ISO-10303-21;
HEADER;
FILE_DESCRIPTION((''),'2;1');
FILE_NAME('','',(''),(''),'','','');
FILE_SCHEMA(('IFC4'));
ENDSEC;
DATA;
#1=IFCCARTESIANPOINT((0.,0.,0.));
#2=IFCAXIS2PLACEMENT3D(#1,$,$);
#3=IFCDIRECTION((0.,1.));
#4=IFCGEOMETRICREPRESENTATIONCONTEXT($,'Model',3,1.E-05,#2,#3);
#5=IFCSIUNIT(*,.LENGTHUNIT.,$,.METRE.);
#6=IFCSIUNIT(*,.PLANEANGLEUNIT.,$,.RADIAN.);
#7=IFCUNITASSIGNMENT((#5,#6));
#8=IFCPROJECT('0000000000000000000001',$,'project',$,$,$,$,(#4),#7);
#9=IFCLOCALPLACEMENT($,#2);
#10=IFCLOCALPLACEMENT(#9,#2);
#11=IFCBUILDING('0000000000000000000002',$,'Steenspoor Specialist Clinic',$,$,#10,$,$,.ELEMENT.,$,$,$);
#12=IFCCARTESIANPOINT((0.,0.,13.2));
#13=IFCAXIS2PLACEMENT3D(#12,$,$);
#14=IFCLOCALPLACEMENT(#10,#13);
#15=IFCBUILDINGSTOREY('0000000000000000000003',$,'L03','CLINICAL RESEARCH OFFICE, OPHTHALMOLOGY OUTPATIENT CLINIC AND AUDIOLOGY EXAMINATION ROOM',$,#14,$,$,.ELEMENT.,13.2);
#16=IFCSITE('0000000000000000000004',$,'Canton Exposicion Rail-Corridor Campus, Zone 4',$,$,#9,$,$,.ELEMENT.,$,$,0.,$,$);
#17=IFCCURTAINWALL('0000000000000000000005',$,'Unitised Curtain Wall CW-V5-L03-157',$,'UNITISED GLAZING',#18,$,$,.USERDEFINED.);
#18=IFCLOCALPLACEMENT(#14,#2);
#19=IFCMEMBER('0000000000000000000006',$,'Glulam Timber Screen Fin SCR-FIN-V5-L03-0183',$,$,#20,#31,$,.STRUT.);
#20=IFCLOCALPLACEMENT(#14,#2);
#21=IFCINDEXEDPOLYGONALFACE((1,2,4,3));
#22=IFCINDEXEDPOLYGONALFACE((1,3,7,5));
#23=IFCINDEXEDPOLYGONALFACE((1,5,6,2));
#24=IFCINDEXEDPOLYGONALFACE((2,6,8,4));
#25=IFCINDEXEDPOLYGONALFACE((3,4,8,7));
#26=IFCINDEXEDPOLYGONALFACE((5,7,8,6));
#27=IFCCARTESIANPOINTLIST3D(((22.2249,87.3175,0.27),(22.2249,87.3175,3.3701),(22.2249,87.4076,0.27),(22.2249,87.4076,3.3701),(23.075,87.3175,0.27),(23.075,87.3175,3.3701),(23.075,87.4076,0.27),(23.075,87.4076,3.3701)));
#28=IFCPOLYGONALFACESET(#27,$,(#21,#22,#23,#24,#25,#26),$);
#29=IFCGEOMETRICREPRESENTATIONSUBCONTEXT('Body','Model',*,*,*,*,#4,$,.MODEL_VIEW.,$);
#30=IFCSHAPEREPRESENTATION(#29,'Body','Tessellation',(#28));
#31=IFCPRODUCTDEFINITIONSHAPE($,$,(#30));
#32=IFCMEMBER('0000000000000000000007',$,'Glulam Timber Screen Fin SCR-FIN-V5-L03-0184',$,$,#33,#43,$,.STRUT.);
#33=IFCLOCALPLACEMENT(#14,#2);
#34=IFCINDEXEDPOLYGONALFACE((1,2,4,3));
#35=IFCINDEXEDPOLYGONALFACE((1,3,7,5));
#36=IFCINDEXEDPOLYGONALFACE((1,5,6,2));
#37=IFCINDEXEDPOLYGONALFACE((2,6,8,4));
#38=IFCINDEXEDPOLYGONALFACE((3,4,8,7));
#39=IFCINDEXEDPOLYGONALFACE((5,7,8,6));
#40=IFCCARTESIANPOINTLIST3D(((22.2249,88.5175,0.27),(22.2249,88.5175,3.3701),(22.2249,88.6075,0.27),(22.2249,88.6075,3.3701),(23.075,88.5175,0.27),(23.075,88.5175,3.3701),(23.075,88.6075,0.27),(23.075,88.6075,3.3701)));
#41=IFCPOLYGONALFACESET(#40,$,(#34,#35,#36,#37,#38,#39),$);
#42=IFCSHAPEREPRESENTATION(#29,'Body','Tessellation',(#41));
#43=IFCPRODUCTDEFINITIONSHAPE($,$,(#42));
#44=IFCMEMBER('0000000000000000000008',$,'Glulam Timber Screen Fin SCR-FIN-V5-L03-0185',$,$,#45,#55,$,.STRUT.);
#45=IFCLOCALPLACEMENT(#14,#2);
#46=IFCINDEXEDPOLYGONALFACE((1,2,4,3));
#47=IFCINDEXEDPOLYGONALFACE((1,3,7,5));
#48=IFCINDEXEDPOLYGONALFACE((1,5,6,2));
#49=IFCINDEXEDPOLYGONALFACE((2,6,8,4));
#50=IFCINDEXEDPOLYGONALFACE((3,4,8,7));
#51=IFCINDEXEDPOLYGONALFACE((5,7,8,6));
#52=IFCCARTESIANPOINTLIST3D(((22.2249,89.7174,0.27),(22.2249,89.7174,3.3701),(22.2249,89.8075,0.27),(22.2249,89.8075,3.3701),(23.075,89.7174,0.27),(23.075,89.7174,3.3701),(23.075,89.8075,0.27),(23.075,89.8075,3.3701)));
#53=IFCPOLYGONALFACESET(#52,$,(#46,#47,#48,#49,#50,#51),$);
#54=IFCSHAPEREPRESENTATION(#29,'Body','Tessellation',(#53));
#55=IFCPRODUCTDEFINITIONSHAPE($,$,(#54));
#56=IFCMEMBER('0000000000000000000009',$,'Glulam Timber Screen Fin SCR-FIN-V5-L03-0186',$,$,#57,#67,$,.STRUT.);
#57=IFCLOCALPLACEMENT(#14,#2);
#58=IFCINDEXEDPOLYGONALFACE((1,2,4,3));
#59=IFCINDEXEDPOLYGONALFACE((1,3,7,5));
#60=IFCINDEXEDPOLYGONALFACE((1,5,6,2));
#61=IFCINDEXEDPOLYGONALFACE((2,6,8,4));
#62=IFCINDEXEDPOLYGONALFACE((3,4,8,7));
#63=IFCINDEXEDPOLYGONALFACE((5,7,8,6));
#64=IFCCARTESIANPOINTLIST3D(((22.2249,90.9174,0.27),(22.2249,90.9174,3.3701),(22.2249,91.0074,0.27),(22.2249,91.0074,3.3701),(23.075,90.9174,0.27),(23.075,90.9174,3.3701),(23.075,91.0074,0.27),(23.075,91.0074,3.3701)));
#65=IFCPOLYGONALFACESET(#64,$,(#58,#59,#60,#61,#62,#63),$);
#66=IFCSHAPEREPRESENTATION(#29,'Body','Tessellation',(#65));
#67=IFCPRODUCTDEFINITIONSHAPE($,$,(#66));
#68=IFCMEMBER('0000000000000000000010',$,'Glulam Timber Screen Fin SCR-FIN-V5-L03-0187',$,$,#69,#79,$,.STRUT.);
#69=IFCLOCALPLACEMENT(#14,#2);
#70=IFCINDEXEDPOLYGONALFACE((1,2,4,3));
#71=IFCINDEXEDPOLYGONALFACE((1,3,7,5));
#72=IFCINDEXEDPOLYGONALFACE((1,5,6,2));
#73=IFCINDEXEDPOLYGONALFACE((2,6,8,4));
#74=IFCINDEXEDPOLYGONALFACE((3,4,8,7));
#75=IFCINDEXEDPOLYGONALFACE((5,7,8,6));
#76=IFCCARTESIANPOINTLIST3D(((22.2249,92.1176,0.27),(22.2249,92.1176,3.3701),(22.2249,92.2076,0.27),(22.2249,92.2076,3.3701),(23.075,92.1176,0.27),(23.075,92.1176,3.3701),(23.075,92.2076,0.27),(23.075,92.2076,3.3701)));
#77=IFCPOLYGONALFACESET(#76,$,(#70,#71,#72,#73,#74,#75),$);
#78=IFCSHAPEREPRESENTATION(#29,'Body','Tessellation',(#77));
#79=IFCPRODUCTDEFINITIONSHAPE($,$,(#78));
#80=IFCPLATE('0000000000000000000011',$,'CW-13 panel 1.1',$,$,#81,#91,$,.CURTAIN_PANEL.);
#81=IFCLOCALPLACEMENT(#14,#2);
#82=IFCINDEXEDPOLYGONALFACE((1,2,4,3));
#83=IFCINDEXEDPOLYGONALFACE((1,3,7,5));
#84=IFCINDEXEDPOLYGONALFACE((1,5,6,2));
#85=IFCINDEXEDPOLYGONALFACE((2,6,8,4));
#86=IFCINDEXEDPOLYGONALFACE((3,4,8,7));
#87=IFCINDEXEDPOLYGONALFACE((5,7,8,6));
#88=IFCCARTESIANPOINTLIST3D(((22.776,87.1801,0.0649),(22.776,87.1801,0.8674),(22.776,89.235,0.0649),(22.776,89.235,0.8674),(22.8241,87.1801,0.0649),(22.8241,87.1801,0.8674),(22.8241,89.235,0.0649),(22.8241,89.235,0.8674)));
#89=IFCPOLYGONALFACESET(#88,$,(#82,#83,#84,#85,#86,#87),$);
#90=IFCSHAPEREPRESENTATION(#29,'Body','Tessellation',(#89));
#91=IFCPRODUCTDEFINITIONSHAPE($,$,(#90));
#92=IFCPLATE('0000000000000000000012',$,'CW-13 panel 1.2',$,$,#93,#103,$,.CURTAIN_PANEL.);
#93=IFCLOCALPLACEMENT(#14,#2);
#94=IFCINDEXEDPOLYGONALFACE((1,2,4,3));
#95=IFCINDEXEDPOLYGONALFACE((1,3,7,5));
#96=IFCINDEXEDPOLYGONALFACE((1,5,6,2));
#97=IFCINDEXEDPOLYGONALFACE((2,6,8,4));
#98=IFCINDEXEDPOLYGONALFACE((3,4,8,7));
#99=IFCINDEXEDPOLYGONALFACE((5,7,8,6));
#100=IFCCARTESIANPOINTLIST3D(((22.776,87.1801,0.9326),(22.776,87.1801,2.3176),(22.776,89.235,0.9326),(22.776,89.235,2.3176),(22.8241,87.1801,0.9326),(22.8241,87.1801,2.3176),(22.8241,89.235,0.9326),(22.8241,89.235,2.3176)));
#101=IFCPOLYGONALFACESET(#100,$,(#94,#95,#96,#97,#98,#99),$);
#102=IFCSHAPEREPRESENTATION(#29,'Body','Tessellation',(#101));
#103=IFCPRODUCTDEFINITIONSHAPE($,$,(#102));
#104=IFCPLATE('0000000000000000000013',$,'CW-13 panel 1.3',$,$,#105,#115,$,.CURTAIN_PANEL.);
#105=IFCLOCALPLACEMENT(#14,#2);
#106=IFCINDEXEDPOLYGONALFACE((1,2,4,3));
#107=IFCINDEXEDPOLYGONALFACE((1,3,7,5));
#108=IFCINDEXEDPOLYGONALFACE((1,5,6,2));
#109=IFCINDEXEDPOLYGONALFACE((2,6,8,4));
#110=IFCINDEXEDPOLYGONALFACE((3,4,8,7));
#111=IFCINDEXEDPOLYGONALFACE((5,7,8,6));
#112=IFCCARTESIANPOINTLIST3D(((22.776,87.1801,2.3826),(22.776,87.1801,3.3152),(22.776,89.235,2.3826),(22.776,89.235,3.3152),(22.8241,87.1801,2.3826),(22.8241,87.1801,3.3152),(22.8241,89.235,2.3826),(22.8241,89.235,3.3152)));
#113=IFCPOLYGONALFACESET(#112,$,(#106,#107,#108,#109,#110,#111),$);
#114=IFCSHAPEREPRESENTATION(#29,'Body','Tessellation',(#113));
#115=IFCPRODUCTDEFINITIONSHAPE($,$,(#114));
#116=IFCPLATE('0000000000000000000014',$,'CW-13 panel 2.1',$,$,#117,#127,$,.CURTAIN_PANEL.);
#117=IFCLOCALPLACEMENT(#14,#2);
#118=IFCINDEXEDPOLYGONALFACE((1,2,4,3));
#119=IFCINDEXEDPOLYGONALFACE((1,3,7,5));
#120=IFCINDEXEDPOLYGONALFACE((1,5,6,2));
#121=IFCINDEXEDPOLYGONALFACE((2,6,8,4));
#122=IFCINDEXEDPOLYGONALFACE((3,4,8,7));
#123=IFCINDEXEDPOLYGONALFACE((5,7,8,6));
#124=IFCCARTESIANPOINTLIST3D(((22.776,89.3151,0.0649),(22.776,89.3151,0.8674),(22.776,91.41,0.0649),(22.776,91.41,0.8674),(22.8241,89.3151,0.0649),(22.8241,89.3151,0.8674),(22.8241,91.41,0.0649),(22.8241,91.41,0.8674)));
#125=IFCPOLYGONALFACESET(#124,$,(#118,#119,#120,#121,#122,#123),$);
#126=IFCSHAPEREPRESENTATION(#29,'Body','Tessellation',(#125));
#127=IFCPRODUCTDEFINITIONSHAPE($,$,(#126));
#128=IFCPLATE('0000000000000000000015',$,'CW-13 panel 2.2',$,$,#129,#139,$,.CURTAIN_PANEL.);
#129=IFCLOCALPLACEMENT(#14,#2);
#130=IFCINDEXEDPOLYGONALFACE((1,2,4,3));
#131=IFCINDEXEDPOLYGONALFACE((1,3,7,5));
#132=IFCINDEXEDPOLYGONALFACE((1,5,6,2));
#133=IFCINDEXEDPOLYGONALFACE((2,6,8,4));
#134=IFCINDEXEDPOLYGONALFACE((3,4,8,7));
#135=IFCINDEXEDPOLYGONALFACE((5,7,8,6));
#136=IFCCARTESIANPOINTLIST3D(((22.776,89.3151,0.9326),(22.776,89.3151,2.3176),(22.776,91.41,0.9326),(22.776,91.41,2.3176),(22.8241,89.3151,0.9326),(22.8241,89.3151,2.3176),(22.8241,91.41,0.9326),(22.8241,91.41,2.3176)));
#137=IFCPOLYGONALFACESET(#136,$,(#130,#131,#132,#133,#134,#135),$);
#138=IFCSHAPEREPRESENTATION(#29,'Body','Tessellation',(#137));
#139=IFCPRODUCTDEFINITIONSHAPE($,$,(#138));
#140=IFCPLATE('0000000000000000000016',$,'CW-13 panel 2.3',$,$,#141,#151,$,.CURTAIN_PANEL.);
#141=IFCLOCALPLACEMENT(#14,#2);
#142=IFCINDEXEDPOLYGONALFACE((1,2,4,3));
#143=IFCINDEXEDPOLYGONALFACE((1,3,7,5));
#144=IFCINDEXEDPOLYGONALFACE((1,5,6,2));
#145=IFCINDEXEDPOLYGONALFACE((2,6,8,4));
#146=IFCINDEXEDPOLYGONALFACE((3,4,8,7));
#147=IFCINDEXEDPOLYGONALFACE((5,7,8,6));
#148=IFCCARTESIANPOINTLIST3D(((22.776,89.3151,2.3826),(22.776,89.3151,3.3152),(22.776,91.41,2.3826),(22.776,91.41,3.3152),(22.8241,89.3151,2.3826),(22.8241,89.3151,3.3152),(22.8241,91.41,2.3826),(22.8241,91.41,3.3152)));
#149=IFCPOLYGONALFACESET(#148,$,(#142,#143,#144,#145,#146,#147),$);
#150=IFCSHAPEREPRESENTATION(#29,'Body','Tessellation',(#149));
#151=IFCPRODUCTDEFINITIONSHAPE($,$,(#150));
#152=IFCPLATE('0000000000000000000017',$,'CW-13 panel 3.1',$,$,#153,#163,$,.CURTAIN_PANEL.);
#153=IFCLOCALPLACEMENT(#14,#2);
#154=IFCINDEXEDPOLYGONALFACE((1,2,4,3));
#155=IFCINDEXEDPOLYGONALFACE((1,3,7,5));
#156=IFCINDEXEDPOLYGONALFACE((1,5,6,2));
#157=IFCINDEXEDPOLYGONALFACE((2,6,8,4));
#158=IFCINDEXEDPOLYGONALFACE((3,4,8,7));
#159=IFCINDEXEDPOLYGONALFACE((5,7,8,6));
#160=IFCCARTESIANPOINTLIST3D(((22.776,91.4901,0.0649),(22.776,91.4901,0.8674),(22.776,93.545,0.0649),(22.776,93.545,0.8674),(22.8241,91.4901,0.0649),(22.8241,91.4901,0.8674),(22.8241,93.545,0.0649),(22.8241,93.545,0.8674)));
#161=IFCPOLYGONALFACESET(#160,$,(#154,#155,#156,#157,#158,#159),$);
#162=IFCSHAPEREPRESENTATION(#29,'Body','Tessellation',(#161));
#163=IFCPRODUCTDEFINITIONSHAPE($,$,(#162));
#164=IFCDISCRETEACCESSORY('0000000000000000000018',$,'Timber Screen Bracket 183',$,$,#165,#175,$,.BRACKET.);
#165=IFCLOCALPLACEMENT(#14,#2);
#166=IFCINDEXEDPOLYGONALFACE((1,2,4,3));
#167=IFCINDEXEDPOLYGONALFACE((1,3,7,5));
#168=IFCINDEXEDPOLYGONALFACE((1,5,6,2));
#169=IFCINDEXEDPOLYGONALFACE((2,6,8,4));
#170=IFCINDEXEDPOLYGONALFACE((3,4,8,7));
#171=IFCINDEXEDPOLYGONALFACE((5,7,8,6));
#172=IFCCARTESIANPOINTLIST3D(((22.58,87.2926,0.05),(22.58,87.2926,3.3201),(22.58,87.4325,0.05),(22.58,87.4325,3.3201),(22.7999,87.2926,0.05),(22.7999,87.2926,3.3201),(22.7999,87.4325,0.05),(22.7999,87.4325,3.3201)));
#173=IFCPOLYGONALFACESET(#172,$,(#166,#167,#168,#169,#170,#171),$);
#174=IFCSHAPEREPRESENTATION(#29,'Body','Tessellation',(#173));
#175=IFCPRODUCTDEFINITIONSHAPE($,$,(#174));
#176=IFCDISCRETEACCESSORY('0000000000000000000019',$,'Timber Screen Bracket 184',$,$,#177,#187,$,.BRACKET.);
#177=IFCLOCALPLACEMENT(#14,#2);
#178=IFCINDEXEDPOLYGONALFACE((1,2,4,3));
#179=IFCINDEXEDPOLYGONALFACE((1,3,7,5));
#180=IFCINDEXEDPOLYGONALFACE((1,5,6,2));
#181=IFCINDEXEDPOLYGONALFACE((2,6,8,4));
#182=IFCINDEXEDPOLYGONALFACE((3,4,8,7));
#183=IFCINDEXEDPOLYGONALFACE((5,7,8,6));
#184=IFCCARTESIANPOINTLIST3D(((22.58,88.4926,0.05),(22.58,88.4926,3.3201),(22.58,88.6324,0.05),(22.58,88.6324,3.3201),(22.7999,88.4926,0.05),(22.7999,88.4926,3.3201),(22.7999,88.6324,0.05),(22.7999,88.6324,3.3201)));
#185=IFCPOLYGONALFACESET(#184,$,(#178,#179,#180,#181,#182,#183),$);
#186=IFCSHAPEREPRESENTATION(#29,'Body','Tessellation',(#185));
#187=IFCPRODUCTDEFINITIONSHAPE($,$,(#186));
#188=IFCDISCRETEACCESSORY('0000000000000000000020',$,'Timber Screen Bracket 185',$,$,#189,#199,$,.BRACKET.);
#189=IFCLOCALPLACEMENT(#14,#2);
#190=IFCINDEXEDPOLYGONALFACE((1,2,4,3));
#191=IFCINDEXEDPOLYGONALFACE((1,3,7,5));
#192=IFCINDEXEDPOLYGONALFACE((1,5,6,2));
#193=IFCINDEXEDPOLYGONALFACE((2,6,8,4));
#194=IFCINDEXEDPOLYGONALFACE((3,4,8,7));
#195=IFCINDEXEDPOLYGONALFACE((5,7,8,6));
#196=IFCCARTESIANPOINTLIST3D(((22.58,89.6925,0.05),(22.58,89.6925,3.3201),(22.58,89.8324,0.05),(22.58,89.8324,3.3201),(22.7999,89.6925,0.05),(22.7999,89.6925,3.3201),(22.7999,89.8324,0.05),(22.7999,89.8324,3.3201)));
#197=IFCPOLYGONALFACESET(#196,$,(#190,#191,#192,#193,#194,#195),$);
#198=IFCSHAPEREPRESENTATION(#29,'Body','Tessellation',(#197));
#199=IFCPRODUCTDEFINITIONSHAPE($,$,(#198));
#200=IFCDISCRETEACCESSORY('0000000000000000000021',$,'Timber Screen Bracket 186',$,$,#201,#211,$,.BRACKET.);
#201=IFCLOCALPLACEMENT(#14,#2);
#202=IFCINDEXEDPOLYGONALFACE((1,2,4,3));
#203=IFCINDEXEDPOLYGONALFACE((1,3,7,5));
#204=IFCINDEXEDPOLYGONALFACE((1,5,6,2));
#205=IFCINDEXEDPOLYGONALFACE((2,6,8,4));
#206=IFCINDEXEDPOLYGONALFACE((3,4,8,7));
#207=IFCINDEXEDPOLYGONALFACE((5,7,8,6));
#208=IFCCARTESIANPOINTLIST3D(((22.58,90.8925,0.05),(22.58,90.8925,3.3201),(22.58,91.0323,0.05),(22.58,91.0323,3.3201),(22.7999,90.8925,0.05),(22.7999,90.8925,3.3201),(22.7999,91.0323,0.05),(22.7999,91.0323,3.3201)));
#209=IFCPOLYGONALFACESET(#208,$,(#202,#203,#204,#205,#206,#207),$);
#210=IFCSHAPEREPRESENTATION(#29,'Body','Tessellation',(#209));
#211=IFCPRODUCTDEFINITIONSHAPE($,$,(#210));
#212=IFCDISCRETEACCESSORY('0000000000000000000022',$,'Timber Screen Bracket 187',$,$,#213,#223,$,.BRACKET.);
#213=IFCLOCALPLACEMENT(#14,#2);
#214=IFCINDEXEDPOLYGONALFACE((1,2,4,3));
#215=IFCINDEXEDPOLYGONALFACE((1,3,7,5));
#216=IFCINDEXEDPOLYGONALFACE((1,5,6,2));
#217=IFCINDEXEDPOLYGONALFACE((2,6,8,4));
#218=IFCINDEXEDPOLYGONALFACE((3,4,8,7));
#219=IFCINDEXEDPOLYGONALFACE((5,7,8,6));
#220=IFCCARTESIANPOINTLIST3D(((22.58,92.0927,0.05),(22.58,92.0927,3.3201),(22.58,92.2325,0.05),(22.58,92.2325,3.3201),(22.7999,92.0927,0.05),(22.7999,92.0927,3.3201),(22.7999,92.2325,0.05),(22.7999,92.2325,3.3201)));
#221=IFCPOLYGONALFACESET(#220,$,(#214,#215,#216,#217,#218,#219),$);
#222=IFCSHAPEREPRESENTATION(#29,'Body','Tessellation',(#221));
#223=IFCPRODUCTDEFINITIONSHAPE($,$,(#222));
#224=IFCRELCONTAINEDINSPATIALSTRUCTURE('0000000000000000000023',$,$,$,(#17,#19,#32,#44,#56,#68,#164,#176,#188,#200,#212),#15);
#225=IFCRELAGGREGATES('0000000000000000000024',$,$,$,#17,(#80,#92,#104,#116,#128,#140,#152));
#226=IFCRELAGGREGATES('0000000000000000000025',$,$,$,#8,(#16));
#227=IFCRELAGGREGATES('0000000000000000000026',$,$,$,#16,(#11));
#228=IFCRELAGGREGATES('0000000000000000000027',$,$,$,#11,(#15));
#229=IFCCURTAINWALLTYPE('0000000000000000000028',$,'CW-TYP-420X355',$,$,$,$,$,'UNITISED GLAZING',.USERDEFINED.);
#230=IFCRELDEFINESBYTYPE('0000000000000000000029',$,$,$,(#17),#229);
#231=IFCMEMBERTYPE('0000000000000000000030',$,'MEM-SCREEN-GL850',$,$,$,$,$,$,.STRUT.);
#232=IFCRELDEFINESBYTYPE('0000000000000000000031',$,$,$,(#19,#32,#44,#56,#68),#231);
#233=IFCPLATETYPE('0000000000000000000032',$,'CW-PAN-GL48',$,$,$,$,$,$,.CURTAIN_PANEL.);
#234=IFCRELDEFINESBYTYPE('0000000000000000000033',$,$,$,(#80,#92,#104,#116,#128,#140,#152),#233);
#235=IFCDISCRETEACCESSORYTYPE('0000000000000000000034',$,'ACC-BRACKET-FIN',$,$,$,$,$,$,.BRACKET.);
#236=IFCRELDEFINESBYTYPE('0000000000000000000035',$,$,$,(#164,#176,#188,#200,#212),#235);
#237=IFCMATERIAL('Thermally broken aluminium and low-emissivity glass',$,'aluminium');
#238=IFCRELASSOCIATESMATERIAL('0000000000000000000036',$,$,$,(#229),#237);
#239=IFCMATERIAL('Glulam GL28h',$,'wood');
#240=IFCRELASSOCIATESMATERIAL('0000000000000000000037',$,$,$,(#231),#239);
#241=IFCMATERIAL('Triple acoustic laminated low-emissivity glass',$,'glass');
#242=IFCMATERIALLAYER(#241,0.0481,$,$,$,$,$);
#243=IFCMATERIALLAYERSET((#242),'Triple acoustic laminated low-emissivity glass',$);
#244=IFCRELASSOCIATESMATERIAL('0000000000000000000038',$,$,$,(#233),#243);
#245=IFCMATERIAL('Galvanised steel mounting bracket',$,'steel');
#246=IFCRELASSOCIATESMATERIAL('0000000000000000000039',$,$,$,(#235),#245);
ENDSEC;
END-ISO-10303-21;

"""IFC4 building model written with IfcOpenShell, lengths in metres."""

from ifc_helpers import new_model, si_unit, direction, frame, origin, origin_2d, place, context, subcontext, project, spatial, rectangle, extrude, material, layer, layer_set, material_profile, profile_set, type_object, element, aggregate, save


model = new_model("IFC4")

# Units and contexts
model_context = context("Model", 3, precision=1e-05, world=origin(), true_north=direction((0.0, 1.0)))
body_context = subcontext(model_context, "Body", "Model", "MODEL_VIEW")
ifc_project = project(units=[si_unit("LENGTHUNIT", "METRE"), si_unit("PLANEANGLEUNIT", "RADIAN")], contexts=[model_context])

# Site, building, storey
site_placement = place(None, origin())
site = spatial("IfcSite", under=ifc_project, at=site_placement, Name="Canton Exposicion Rail-Corridor Campus, Zone 4", CompositionType="ELEMENT", RefElevation=0.0)
building_placement = place(site_placement, origin())
building = spatial("IfcBuilding", under=site, at=building_placement, Name="Steenspoor Specialist Clinic", CompositionType="ELEMENT")
storey_placement = place(building_placement, frame((0.0, 0.0, 13.2)))
storey = spatial("IfcBuildingStorey", under=building, at=storey_placement, Name="L03", Description="CLINICAL RESEARCH OFFICE, OPHTHALMOLOGY OUTPATIENT CLINIC AND AUDIOLOGY EXAMINATION ROOM", CompositionType="ELEMENT", Elevation=13.2)

# Curtain wall
ifc_material_1 = material(Name="Thermally broken aluminium and low-emissivity glass", Category="aluminium")
curtain_wall_type = type_object("IfcCurtainWallType", Name="CW-TYP-420X355", ElementType="UNITISED GLAZING", PredefinedType="USERDEFINED", material=ifc_material_1)
curtain_wall_placement = place(storey_placement, origin())
curtain_wall = element("IfcCurtainWall", 1, at=curtain_wall_placement, inside=storey, type_object=curtain_wall_type, Name="Unitised Curtain Wall CW-V5-L03-157", ObjectType="UNITISED GLAZING", PredefinedType="USERDEFINED")

# Members
ifc_material_2 = material(Name="Glulam GL28h", Category="wood")
ifc_material_profile_1 = material_profile(ifc_material_2, rectangle(XDim=0.0901, YDim=0.8501, at=origin_2d()), Name="GL28H-90X850")
ifc_profile_set_1 = profile_set([ifc_material_profile_1], Name="Glulam GL28h")
member_type_1 = type_object("IfcMemberType", Name="MEM-SCREEN-GL850", PredefinedType="STRUT", material=ifc_profile_set_1)
for number, where, z_axis, x_axis, name in (
    (2, (22.6499, 87.3625, 0.27), (0.0, 0.0, 1.0), (0.0, 1.0, 0.0), "Glulam Timber Screen Fin SCR-FIN-V5-L03-0183"),
    (3, (22.6499, 88.5625, 0.27), (0.0, 0.0, 1.0), (0.0, 1.0, 0.0), "Glulam Timber Screen Fin SCR-FIN-V5-L03-0184"),
    (4, (22.6499, 89.7625, 0.27), (0.0, 0.0, 1.0), (0.0, 1.0, 0.0), "Glulam Timber Screen Fin SCR-FIN-V5-L03-0185"),
    (5, (22.6499, 90.9624, 0.27), (0.0, 0.0, 1.0), (0.0, 1.0, 0.0), "Glulam Timber Screen Fin SCR-FIN-V5-L03-0186"),
    (6, (22.6499, 92.1626, 0.27), (0.0, 0.0, 1.0), (0.0, 1.0, 0.0), "Glulam Timber Screen Fin SCR-FIN-V5-L03-0187"),
):
    element("IfcMember", number, at=place(storey_placement, frame(where, z_axis=z_axis, x_axis=x_axis)), inside=storey, type_object=member_type_1, Name=name, PredefinedType="STRUT", context=body_context, shape_type="SweptSolid", body=[
        extrude(rectangle(XDim=0.0901, YDim=0.8501, at=origin_2d()), origin(), (0.0, 0.0, 1.0), 3.1001),
    ])

# Plates
ifc_material_3 = material(Name="Triple acoustic laminated low-emissivity glass", Category="glass")
ifc_layer = layer(ifc_material_3, 0.0481)
ifc_layer_set = layer_set([ifc_layer], Name="Triple acoustic laminated low-emissivity glass")
plate_type = type_object("IfcPlateType", Name="CW-PAN-GL48", PredefinedType="CURTAIN_PANEL", material=ifc_layer_set)
plate_1_placement = place(storey_placement, frame((22.8, 88.2075, 0.0649), z_axis=(0.0, 0.0, 1.0), x_axis=(0.0, 1.0, 0.0)))
plate_1 = element("IfcPlate", 7, at=plate_1_placement, type_object=plate_type, Name="CW-13 panel 1.1", PredefinedType="CURTAIN_PANEL", context=body_context, shape_type="SweptSolid", body=[
    extrude(rectangle(XDim=2.0549, YDim=0.0481, at=origin_2d()), origin(), (0.0, 0.0, 1.0), 0.8025),
])
plate_2_placement = place(storey_placement, frame((22.8, 88.2075, 0.9326), z_axis=(0.0, 0.0, 1.0), x_axis=(0.0, 1.0, 0.0)))
plate_2 = element("IfcPlate", 8, at=plate_2_placement, type_object=plate_type, Name="CW-13 panel 1.2", PredefinedType="CURTAIN_PANEL", context=body_context, shape_type="SweptSolid", body=[
    extrude(rectangle(XDim=2.0549, YDim=0.0481, at=origin_2d()), origin(), (0.0, 0.0, 1.0), 1.385),
])
plate_3_placement = place(storey_placement, frame((22.8, 88.2075, 2.3826), z_axis=(0.0, 0.0, 1.0), x_axis=(0.0, 1.0, 0.0)))
plate_3 = element("IfcPlate", 9, at=plate_3_placement, type_object=plate_type, Name="CW-13 panel 1.3", PredefinedType="CURTAIN_PANEL", context=body_context, shape_type="SweptSolid", body=[
    extrude(rectangle(XDim=2.0549, YDim=0.0481, at=origin_2d()), origin(), (0.0, 0.0, 1.0), 0.9326),
])
plate_4_placement = place(storey_placement, frame((22.8, 90.3625, 0.0649), z_axis=(0.0, 0.0, 1.0), x_axis=(0.0, 1.0, 0.0)))
plate_4 = element("IfcPlate", 10, at=plate_4_placement, type_object=plate_type, Name="CW-13 panel 2.1", PredefinedType="CURTAIN_PANEL", context=body_context, shape_type="SweptSolid", body=[
    extrude(rectangle(XDim=2.095, YDim=0.0481, at=origin_2d()), origin(), (0.0, 0.0, 1.0), 0.8025),
])
plate_5_placement = place(storey_placement, frame((22.8, 90.3625, 0.9326), z_axis=(0.0, 0.0, 1.0), x_axis=(0.0, 1.0, 0.0)))
plate_5 = element("IfcPlate", 11, at=plate_5_placement, type_object=plate_type, Name="CW-13 panel 2.2", PredefinedType="CURTAIN_PANEL", context=body_context, shape_type="SweptSolid", body=[
    extrude(rectangle(XDim=2.095, YDim=0.0481, at=origin_2d()), origin(), (0.0, 0.0, 1.0), 1.385),
])
plate_6_placement = place(storey_placement, frame((22.8, 90.3625, 2.3826), z_axis=(0.0, 0.0, 1.0), x_axis=(0.0, 1.0, 0.0)))
plate_6 = element("IfcPlate", 12, at=plate_6_placement, type_object=plate_type, Name="CW-13 panel 2.3", PredefinedType="CURTAIN_PANEL", context=body_context, shape_type="SweptSolid", body=[
    extrude(rectangle(XDim=2.095, YDim=0.0481, at=origin_2d()), origin(), (0.0, 0.0, 1.0), 0.9326),
])
plate_7_placement = place(storey_placement, frame((22.8, 92.5176, 0.0649), z_axis=(0.0, 0.0, 1.0), x_axis=(0.0, 1.0, 0.0)))
plate_7 = element("IfcPlate", 13, at=plate_7_placement, type_object=plate_type, Name="CW-13 panel 3.1", PredefinedType="CURTAIN_PANEL", context=body_context, shape_type="SweptSolid", body=[
    extrude(rectangle(XDim=2.0549, YDim=0.0481, at=origin_2d()), origin(), (0.0, 0.0, 1.0), 0.8025),
])
aggregate(curtain_wall, [plate_1, plate_2, plate_3, plate_4, plate_5, plate_6, plate_7])

# Discrete accessories
ifc_material_4 = material(Name="Galvanised steel mounting bracket", Category="steel")
discrete_accessory_type = type_object("IfcDiscreteAccessoryType", Name="ACC-BRACKET-FIN", PredefinedType="BRACKET", material=ifc_material_4)
for number, where, z_axis, x_axis, name in (
    (14, (22.6899, 87.3625, 0.05), (0.0, 0.0, 1.0), (-1.0, 0.0, 0.0), "Timber Screen Bracket 183"),
    (15, (22.6899, 88.5625, 0.05), (0.0, 0.0, 1.0), (-1.0, 0.0, 0.0), "Timber Screen Bracket 184"),
    (16, (22.6899, 89.7625, 0.05), (0.0, 0.0, 1.0), (-1.0, 0.0, 0.0), "Timber Screen Bracket 185"),
    (17, (22.6899, 90.9624, 0.05), (0.0, 0.0, 1.0), (-1.0, 0.0, 0.0), "Timber Screen Bracket 186"),
    (18, (22.6899, 92.1626, 0.05), (0.0, 0.0, 1.0), (-1.0, 0.0, 0.0), "Timber Screen Bracket 187"),
):
    element("IfcDiscreteAccessory", number, at=place(storey_placement, frame(where, z_axis=z_axis, x_axis=x_axis)), inside=storey, type_object=discrete_accessory_type, Name=name, PredefinedType="BRACKET", context=body_context, shape_type="SweptSolid", body=[
        extrude(rectangle(XDim=0.22, YDim=0.1399, at=origin_2d()), origin(), (0.0, 0.0, 1.0), 3.27),
    ])

save(model, "model.ifc")
